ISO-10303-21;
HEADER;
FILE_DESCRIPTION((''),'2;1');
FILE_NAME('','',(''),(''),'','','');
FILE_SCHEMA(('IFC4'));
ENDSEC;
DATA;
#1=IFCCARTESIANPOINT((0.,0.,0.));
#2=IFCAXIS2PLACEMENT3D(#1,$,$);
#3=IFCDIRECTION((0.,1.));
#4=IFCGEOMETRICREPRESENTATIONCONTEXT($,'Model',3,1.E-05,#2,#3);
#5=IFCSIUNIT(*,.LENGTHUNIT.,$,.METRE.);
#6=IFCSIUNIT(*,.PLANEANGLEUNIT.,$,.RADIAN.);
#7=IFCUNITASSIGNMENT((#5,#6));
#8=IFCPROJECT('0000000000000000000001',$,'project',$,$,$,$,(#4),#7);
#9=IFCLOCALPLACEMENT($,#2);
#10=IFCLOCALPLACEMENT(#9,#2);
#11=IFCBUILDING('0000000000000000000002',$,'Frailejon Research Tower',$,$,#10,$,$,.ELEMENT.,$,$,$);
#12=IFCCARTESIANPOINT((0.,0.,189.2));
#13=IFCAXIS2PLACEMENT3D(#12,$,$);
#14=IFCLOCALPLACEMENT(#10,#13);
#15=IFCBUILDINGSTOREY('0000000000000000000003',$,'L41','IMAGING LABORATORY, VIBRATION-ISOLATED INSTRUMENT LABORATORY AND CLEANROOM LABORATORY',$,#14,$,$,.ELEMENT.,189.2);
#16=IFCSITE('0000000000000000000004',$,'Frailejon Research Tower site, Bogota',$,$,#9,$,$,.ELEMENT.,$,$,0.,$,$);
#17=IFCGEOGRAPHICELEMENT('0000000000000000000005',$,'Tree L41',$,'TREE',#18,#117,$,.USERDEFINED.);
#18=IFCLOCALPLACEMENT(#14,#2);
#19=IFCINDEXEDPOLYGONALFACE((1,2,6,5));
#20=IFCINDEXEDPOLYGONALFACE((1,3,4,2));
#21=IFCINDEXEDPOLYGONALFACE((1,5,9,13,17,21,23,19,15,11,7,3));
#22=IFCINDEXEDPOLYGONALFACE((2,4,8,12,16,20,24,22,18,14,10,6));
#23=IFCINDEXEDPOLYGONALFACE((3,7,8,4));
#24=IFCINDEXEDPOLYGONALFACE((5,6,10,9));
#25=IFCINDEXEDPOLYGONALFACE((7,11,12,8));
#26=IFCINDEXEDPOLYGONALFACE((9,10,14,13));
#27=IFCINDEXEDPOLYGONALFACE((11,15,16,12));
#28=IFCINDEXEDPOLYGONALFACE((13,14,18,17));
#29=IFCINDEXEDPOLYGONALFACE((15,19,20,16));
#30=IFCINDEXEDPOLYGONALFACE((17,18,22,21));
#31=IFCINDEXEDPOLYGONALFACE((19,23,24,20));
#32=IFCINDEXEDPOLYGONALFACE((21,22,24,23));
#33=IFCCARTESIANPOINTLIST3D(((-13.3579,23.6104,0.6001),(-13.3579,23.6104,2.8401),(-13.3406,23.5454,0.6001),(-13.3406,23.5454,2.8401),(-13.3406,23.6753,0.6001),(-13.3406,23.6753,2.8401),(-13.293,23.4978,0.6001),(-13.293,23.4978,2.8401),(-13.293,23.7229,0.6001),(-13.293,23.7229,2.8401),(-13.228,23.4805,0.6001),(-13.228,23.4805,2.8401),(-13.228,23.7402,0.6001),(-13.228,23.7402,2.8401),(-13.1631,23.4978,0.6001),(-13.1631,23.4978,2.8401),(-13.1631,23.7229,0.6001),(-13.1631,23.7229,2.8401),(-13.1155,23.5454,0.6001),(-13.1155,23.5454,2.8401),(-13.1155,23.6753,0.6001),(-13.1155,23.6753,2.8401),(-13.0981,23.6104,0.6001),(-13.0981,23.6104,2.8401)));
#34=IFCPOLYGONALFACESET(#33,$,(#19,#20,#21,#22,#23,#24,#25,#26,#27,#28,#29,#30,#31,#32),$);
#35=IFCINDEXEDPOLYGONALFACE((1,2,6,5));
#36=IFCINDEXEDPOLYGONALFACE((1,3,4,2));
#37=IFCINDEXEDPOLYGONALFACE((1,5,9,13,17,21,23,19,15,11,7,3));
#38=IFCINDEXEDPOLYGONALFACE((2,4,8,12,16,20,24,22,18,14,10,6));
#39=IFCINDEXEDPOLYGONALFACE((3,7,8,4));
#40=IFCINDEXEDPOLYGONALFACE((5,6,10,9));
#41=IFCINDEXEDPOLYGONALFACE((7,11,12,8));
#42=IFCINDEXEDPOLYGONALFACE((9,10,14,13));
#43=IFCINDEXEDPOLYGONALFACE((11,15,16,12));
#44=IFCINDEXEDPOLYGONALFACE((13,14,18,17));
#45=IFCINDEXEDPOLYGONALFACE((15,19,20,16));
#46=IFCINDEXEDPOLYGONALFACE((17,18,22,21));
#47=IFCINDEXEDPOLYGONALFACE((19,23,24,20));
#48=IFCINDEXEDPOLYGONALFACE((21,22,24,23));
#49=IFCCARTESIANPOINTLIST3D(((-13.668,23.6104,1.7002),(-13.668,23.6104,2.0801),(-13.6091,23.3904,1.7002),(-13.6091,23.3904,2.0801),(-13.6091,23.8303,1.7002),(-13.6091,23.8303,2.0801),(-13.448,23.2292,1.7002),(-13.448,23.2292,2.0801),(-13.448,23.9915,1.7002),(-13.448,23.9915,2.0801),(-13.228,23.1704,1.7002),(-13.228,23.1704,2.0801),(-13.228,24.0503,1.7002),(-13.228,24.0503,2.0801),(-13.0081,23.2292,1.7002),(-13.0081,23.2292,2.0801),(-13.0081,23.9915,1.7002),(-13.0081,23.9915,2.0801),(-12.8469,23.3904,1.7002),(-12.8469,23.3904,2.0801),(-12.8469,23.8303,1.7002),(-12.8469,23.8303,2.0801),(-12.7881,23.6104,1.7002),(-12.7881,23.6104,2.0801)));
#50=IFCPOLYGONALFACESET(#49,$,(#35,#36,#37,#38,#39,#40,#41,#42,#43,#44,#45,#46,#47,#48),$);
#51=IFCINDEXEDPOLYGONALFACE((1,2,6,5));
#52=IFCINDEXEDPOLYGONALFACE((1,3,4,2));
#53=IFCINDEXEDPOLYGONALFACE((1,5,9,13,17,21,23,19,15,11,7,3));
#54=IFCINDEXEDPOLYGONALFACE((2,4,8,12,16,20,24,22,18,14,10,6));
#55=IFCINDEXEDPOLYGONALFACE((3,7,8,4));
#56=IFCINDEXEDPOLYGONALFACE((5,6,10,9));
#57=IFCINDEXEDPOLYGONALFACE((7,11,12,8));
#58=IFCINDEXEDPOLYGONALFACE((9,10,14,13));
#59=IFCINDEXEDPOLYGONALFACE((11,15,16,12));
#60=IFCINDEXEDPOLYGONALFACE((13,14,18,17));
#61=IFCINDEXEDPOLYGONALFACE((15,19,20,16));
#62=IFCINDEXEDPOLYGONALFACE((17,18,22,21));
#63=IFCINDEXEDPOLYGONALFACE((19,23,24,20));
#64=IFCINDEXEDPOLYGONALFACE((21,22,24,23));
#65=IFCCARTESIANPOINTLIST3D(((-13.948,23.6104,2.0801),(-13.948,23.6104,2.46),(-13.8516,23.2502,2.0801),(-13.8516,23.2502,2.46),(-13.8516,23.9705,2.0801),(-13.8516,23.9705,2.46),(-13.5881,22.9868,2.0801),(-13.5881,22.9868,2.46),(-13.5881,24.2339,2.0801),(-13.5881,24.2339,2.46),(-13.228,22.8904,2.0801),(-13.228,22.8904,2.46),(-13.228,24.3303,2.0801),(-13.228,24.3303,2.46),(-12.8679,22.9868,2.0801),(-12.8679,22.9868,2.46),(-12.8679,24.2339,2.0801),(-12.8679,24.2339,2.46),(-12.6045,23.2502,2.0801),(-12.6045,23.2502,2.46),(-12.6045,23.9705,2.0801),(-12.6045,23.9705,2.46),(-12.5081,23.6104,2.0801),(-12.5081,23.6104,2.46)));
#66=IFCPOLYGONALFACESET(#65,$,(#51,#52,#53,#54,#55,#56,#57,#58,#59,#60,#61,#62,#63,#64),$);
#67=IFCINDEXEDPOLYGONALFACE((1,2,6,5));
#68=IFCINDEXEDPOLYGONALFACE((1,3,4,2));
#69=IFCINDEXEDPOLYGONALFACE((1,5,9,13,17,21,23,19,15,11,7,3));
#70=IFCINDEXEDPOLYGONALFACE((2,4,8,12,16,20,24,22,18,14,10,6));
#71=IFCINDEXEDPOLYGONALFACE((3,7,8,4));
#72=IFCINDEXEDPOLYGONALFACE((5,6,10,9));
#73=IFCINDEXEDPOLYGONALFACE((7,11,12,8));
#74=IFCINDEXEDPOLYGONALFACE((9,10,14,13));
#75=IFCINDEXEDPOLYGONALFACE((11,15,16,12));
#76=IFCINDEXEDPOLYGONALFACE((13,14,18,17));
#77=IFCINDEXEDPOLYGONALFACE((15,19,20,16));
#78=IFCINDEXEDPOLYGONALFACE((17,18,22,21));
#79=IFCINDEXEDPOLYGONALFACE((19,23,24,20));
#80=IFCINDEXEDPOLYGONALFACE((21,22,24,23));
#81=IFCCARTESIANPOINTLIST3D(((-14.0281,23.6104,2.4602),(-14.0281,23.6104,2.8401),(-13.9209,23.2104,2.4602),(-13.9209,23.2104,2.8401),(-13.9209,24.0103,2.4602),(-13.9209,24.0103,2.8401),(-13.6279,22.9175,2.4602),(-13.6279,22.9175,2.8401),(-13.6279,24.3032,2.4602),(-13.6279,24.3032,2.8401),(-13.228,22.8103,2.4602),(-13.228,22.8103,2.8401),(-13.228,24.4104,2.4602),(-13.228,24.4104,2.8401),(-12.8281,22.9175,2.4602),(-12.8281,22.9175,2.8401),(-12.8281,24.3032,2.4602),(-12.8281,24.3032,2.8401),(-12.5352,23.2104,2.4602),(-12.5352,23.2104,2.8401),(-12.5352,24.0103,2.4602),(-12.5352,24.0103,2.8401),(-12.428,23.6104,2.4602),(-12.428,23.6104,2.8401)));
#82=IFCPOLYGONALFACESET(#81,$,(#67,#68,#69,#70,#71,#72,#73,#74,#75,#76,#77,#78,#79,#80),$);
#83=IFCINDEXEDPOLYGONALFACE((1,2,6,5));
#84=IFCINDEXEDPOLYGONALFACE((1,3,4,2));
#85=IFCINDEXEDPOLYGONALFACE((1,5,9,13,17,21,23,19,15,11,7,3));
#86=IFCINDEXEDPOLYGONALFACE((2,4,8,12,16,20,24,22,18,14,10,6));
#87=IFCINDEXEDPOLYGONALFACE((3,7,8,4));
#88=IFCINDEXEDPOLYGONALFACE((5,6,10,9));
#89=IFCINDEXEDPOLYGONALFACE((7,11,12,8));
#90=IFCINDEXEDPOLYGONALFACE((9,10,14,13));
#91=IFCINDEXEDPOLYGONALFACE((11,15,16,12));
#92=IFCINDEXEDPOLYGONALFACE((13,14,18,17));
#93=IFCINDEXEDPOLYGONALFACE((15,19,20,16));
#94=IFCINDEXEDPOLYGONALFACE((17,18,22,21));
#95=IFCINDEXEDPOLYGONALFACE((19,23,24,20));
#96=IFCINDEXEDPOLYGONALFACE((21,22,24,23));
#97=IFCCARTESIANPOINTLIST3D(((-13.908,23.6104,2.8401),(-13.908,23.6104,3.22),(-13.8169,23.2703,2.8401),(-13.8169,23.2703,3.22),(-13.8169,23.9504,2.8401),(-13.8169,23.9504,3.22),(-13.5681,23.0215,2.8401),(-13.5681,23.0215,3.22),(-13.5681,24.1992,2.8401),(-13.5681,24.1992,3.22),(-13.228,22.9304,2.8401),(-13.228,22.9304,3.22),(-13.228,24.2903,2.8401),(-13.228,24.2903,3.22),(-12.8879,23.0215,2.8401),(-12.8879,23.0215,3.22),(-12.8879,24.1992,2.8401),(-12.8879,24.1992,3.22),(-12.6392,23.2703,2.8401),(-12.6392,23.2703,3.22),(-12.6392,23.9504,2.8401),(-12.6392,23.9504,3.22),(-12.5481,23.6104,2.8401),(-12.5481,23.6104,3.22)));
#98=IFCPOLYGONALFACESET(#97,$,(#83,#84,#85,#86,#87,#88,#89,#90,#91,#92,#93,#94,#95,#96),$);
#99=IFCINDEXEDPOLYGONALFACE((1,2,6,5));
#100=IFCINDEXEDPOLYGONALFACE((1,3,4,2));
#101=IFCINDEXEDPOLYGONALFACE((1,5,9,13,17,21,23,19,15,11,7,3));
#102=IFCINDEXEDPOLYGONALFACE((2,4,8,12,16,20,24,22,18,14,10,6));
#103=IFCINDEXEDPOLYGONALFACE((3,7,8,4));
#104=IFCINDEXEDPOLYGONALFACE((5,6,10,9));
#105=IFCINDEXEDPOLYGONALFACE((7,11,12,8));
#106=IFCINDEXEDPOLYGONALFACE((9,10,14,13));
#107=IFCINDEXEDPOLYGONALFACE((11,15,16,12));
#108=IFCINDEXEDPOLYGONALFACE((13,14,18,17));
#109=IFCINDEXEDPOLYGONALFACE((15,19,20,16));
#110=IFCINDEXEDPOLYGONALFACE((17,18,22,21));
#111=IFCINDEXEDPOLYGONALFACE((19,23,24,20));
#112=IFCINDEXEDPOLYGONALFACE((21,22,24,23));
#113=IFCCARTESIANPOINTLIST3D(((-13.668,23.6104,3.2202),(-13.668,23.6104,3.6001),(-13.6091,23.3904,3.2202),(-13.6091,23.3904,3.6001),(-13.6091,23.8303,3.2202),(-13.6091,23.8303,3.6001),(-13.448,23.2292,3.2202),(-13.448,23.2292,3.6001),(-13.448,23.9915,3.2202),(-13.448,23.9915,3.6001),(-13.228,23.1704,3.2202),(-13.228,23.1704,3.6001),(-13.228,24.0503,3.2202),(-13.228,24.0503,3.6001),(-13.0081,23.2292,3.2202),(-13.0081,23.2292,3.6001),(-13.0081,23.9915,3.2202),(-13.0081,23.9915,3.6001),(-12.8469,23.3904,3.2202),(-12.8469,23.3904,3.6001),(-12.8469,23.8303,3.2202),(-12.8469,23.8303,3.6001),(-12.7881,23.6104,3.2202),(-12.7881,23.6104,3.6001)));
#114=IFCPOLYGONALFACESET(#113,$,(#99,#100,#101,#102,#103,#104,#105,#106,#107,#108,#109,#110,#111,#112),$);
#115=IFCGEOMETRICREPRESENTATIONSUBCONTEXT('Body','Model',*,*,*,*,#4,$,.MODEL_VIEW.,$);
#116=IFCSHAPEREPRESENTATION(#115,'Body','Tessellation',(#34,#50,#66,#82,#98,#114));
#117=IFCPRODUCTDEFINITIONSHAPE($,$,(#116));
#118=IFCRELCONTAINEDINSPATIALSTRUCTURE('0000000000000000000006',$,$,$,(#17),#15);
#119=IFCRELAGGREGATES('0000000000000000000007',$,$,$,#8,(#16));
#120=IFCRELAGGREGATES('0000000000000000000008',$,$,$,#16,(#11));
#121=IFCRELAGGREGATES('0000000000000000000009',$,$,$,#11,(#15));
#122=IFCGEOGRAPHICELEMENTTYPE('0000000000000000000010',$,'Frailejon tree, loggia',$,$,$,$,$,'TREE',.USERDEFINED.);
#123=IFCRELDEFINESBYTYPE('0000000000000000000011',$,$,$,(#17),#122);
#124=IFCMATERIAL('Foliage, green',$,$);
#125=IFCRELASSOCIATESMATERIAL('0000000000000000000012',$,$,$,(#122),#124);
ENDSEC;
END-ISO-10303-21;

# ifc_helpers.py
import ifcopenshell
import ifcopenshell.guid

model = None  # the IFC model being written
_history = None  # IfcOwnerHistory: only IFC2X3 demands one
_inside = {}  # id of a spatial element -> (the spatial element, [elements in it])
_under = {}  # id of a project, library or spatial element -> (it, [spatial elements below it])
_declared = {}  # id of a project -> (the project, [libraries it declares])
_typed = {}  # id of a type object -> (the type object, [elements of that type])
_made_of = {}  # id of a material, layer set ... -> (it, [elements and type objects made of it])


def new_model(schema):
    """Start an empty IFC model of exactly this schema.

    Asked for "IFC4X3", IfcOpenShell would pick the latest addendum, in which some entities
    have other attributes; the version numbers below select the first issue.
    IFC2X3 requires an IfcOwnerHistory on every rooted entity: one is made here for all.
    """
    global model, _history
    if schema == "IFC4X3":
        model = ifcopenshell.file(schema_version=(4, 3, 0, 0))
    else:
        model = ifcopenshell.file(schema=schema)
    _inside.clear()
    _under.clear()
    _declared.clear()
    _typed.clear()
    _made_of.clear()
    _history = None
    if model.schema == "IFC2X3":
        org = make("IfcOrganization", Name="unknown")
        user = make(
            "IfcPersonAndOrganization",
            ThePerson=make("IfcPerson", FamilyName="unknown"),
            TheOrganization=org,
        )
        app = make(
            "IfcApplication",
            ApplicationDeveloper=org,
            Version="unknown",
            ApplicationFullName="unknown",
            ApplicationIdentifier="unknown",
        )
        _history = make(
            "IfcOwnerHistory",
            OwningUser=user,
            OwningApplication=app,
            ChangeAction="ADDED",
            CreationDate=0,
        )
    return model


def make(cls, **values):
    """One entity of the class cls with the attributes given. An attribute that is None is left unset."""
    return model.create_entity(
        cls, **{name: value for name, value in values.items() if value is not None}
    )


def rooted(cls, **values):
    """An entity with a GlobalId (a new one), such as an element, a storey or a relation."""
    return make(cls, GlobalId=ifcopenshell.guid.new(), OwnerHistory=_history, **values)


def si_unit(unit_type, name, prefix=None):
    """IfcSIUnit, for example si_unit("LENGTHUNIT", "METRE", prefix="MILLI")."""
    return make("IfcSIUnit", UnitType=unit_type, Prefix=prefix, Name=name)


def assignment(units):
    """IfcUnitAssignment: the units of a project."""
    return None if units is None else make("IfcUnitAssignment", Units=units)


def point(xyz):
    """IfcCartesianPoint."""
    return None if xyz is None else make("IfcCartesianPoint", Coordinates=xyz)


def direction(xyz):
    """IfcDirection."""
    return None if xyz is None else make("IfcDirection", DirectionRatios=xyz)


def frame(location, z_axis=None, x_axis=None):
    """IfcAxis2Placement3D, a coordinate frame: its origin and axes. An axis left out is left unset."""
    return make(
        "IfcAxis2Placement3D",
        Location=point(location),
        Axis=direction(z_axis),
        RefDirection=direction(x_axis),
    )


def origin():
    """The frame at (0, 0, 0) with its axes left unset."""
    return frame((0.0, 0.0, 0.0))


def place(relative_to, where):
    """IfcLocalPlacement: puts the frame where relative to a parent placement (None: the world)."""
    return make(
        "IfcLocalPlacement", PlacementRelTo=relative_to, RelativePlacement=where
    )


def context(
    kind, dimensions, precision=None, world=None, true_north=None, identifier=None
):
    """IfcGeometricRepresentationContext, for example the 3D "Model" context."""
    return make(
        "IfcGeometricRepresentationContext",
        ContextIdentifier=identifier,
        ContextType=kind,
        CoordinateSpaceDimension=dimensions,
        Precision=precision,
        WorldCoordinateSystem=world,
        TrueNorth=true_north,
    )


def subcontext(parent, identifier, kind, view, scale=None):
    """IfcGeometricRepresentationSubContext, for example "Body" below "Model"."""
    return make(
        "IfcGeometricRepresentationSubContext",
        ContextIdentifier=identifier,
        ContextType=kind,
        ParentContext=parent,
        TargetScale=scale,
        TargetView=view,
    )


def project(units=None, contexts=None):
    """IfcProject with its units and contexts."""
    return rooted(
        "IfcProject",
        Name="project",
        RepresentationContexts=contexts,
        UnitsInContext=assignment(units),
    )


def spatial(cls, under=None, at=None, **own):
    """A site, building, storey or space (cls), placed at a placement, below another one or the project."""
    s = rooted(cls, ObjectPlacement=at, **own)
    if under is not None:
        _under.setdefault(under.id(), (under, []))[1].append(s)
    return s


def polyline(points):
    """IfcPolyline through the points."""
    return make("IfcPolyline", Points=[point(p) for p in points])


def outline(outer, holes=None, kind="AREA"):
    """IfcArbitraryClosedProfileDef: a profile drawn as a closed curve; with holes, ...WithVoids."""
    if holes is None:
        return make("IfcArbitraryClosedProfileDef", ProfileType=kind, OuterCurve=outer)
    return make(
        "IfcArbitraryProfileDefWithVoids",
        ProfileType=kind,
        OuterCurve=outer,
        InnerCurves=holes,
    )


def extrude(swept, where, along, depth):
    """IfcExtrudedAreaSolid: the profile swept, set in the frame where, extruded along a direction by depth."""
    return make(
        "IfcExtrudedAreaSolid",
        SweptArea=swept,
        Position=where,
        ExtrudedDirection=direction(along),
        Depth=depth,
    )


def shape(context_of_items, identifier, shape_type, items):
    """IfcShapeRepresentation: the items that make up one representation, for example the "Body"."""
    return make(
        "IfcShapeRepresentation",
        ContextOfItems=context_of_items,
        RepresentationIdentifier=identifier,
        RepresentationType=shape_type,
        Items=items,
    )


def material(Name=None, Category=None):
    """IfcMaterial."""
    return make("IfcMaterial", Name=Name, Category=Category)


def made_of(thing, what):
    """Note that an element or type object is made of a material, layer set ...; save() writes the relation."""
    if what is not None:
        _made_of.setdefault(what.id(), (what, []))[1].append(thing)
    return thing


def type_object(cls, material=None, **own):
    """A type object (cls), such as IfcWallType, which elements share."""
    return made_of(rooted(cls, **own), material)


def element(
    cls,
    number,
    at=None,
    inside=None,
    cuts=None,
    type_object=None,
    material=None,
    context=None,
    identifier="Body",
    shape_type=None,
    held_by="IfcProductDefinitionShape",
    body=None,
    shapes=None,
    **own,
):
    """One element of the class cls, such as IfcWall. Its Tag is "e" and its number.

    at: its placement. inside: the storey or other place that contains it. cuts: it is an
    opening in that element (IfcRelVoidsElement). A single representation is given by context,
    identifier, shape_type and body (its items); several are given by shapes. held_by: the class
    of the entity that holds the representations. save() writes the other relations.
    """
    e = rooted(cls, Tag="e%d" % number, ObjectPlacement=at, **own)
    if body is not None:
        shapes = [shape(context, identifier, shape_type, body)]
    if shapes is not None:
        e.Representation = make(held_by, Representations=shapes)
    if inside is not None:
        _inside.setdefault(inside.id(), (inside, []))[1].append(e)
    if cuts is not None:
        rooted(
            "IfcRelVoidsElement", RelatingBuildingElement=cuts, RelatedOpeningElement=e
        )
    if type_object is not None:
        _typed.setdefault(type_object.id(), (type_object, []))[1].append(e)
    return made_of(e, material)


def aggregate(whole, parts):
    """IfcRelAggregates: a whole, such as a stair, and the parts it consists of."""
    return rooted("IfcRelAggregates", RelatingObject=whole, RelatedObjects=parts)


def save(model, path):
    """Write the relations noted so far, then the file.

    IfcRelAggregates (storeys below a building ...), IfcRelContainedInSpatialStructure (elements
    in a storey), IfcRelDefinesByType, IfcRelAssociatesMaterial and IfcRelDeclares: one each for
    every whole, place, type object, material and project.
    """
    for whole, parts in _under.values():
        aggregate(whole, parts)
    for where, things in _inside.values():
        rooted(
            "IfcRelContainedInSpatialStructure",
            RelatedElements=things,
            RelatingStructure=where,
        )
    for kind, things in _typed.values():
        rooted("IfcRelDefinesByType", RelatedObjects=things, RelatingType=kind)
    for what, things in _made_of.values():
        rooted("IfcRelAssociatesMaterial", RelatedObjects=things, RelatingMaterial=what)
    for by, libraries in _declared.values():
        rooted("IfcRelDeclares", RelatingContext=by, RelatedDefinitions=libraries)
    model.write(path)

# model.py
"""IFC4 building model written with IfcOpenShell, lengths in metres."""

from ifc_helpers import new_model, si_unit, direction, frame, origin, place, context, subcontext, project, spatial, polyline, outline, extrude, material, type_object, element, save


model = new_model("IFC4")

# Units and contexts
model_context = context("Model", 3, precision=1e-05, world=origin(), true_north=direction((0.0, 1.0)))
body_context = subcontext(model_context, "Body", "Model", "MODEL_VIEW")
ifc_project = project(units=[si_unit("LENGTHUNIT", "METRE"), si_unit("PLANEANGLEUNIT", "RADIAN")], contexts=[model_context])

# Site, building, storey
site_placement = place(None, origin())
site = spatial("IfcSite", under=ifc_project, at=site_placement, Name="Frailejon Research Tower site, Bogota", CompositionType="ELEMENT", RefElevation=0.0)
building_placement = place(site_placement, origin())
building = spatial("IfcBuilding", under=site, at=building_placement, Name="Frailejon Research Tower", CompositionType="ELEMENT")
storey_placement = place(building_placement, frame((0.0, 0.0, 189.2)))
storey = spatial("IfcBuildingStorey", under=building, at=storey_placement, Name="L41", Description="IMAGING LABORATORY, VIBRATION-ISOLATED INSTRUMENT LABORATORY AND CLEANROOM LABORATORY", CompositionType="ELEMENT", Elevation=189.2)

# Geographic element
ifc_material_1 = material(Name="Foliage, green")
geographic_element_type = type_object("IfcGeographicElementType", Name="Frailejon tree, loggia", ElementType="TREE", PredefinedType="USERDEFINED", material=ifc_material_1)
geographic_element_placement = place(storey_placement, frame((-13.228, 23.6104, 0.6001)))
element("IfcGeographicElement", 1, at=geographic_element_placement, inside=storey, type_object=geographic_element_type, Name="Tree L41", ObjectType="TREE", PredefinedType="USERDEFINED", context=body_context, shape_type="SweptSolid", body=[
    extrude(outline(polyline([(0.1299, 0.0), (0.1125, 0.0649), (0.0649, 0.1125), (0.0, 0.1299), (-0.0649, 0.1125), (-0.1125, 0.0649), (-0.1299, 0.0), (-0.1125, -0.0649), (-0.0649, -0.1125), (0.0, -0.1299), (0.0649, -0.1125), (0.1125, -0.0649), (0.1299, 0.0)])), origin(), (0.0, 0.0, 1.0), 2.24),
    extrude(outline(polyline([(0.4399, 0.0), (0.3811, 0.22), (0.22, 0.3811), (0.0, 0.4399), (-0.22, 0.3811), (-0.3811, 0.22), (-0.4399, 0.0), (-0.3811, -0.22), (-0.22, -0.3811), (0.0, -0.4399), (0.22, -0.3811), (0.3811, -0.22), (0.4399, 0.0)])), frame((0.0, 0.0, 1.1001)), (0.0, 0.0, 1.0), 0.3799),
    extrude(outline(polyline([(0.72, 0.0), (0.6235, 0.3601), (0.3601, 0.6235), (0.0, 0.72), (-0.3601, 0.6235), (-0.6235, 0.3601), (-0.72, 0.0), (-0.6235, -0.3601), (-0.3601, -0.6235), (0.0, -0.72), (0.3601, -0.6235), (0.6235, -0.3601), (0.72, 0.0)])), frame((0.0, 0.0, 1.48)), (0.0, 0.0, 1.0), 0.3799),
    extrude(outline(polyline([(0.8, 0.0), (0.6929, 0.3999), (0.3999, 0.6929), (0.0, 0.8), (-0.3999, 0.6929), (-0.6929, 0.3999), (-0.8, 0.0), (-0.6929, -0.3999), (-0.3999, -0.6929), (0.0, -0.8), (0.3999, -0.6929), (0.6929, -0.3999), (0.8, 0.0)])), frame((0.0, 0.0, 1.8601)), (0.0, 0.0, 1.0), 0.3799),
    extrude(outline(polyline([(0.6799, 0.0), (0.5889, 0.3401), (0.3401, 0.5889), (0.0, 0.6799), (-0.3401, 0.5889), (-0.5889, 0.3401), (-0.6799, 0.0), (-0.5889, -0.3401), (-0.3401, -0.5889), (0.0, -0.6799), (0.3401, -0.5889), (0.5889, -0.3401), (0.6799, 0.0)])), frame((0.0, 0.0, 2.24)), (0.0, 0.0, 1.0), 0.3799),
    extrude(outline(polyline([(0.4399, 0.0), (0.3811, 0.22), (0.22, 0.3811), (0.0, 0.4399), (-0.22, 0.3811), (-0.3811, 0.22), (-0.4399, 0.0), (-0.3811, -0.22), (-0.22, -0.3811), (0.0, -0.4399), (0.22, -0.3811), (0.3811, -0.22), (0.4399, 0.0)])), frame((0.0, 0.0, 2.6201)), (0.0, 0.0, 1.0), 0.3799),
])

save(model, "model.ifc")
